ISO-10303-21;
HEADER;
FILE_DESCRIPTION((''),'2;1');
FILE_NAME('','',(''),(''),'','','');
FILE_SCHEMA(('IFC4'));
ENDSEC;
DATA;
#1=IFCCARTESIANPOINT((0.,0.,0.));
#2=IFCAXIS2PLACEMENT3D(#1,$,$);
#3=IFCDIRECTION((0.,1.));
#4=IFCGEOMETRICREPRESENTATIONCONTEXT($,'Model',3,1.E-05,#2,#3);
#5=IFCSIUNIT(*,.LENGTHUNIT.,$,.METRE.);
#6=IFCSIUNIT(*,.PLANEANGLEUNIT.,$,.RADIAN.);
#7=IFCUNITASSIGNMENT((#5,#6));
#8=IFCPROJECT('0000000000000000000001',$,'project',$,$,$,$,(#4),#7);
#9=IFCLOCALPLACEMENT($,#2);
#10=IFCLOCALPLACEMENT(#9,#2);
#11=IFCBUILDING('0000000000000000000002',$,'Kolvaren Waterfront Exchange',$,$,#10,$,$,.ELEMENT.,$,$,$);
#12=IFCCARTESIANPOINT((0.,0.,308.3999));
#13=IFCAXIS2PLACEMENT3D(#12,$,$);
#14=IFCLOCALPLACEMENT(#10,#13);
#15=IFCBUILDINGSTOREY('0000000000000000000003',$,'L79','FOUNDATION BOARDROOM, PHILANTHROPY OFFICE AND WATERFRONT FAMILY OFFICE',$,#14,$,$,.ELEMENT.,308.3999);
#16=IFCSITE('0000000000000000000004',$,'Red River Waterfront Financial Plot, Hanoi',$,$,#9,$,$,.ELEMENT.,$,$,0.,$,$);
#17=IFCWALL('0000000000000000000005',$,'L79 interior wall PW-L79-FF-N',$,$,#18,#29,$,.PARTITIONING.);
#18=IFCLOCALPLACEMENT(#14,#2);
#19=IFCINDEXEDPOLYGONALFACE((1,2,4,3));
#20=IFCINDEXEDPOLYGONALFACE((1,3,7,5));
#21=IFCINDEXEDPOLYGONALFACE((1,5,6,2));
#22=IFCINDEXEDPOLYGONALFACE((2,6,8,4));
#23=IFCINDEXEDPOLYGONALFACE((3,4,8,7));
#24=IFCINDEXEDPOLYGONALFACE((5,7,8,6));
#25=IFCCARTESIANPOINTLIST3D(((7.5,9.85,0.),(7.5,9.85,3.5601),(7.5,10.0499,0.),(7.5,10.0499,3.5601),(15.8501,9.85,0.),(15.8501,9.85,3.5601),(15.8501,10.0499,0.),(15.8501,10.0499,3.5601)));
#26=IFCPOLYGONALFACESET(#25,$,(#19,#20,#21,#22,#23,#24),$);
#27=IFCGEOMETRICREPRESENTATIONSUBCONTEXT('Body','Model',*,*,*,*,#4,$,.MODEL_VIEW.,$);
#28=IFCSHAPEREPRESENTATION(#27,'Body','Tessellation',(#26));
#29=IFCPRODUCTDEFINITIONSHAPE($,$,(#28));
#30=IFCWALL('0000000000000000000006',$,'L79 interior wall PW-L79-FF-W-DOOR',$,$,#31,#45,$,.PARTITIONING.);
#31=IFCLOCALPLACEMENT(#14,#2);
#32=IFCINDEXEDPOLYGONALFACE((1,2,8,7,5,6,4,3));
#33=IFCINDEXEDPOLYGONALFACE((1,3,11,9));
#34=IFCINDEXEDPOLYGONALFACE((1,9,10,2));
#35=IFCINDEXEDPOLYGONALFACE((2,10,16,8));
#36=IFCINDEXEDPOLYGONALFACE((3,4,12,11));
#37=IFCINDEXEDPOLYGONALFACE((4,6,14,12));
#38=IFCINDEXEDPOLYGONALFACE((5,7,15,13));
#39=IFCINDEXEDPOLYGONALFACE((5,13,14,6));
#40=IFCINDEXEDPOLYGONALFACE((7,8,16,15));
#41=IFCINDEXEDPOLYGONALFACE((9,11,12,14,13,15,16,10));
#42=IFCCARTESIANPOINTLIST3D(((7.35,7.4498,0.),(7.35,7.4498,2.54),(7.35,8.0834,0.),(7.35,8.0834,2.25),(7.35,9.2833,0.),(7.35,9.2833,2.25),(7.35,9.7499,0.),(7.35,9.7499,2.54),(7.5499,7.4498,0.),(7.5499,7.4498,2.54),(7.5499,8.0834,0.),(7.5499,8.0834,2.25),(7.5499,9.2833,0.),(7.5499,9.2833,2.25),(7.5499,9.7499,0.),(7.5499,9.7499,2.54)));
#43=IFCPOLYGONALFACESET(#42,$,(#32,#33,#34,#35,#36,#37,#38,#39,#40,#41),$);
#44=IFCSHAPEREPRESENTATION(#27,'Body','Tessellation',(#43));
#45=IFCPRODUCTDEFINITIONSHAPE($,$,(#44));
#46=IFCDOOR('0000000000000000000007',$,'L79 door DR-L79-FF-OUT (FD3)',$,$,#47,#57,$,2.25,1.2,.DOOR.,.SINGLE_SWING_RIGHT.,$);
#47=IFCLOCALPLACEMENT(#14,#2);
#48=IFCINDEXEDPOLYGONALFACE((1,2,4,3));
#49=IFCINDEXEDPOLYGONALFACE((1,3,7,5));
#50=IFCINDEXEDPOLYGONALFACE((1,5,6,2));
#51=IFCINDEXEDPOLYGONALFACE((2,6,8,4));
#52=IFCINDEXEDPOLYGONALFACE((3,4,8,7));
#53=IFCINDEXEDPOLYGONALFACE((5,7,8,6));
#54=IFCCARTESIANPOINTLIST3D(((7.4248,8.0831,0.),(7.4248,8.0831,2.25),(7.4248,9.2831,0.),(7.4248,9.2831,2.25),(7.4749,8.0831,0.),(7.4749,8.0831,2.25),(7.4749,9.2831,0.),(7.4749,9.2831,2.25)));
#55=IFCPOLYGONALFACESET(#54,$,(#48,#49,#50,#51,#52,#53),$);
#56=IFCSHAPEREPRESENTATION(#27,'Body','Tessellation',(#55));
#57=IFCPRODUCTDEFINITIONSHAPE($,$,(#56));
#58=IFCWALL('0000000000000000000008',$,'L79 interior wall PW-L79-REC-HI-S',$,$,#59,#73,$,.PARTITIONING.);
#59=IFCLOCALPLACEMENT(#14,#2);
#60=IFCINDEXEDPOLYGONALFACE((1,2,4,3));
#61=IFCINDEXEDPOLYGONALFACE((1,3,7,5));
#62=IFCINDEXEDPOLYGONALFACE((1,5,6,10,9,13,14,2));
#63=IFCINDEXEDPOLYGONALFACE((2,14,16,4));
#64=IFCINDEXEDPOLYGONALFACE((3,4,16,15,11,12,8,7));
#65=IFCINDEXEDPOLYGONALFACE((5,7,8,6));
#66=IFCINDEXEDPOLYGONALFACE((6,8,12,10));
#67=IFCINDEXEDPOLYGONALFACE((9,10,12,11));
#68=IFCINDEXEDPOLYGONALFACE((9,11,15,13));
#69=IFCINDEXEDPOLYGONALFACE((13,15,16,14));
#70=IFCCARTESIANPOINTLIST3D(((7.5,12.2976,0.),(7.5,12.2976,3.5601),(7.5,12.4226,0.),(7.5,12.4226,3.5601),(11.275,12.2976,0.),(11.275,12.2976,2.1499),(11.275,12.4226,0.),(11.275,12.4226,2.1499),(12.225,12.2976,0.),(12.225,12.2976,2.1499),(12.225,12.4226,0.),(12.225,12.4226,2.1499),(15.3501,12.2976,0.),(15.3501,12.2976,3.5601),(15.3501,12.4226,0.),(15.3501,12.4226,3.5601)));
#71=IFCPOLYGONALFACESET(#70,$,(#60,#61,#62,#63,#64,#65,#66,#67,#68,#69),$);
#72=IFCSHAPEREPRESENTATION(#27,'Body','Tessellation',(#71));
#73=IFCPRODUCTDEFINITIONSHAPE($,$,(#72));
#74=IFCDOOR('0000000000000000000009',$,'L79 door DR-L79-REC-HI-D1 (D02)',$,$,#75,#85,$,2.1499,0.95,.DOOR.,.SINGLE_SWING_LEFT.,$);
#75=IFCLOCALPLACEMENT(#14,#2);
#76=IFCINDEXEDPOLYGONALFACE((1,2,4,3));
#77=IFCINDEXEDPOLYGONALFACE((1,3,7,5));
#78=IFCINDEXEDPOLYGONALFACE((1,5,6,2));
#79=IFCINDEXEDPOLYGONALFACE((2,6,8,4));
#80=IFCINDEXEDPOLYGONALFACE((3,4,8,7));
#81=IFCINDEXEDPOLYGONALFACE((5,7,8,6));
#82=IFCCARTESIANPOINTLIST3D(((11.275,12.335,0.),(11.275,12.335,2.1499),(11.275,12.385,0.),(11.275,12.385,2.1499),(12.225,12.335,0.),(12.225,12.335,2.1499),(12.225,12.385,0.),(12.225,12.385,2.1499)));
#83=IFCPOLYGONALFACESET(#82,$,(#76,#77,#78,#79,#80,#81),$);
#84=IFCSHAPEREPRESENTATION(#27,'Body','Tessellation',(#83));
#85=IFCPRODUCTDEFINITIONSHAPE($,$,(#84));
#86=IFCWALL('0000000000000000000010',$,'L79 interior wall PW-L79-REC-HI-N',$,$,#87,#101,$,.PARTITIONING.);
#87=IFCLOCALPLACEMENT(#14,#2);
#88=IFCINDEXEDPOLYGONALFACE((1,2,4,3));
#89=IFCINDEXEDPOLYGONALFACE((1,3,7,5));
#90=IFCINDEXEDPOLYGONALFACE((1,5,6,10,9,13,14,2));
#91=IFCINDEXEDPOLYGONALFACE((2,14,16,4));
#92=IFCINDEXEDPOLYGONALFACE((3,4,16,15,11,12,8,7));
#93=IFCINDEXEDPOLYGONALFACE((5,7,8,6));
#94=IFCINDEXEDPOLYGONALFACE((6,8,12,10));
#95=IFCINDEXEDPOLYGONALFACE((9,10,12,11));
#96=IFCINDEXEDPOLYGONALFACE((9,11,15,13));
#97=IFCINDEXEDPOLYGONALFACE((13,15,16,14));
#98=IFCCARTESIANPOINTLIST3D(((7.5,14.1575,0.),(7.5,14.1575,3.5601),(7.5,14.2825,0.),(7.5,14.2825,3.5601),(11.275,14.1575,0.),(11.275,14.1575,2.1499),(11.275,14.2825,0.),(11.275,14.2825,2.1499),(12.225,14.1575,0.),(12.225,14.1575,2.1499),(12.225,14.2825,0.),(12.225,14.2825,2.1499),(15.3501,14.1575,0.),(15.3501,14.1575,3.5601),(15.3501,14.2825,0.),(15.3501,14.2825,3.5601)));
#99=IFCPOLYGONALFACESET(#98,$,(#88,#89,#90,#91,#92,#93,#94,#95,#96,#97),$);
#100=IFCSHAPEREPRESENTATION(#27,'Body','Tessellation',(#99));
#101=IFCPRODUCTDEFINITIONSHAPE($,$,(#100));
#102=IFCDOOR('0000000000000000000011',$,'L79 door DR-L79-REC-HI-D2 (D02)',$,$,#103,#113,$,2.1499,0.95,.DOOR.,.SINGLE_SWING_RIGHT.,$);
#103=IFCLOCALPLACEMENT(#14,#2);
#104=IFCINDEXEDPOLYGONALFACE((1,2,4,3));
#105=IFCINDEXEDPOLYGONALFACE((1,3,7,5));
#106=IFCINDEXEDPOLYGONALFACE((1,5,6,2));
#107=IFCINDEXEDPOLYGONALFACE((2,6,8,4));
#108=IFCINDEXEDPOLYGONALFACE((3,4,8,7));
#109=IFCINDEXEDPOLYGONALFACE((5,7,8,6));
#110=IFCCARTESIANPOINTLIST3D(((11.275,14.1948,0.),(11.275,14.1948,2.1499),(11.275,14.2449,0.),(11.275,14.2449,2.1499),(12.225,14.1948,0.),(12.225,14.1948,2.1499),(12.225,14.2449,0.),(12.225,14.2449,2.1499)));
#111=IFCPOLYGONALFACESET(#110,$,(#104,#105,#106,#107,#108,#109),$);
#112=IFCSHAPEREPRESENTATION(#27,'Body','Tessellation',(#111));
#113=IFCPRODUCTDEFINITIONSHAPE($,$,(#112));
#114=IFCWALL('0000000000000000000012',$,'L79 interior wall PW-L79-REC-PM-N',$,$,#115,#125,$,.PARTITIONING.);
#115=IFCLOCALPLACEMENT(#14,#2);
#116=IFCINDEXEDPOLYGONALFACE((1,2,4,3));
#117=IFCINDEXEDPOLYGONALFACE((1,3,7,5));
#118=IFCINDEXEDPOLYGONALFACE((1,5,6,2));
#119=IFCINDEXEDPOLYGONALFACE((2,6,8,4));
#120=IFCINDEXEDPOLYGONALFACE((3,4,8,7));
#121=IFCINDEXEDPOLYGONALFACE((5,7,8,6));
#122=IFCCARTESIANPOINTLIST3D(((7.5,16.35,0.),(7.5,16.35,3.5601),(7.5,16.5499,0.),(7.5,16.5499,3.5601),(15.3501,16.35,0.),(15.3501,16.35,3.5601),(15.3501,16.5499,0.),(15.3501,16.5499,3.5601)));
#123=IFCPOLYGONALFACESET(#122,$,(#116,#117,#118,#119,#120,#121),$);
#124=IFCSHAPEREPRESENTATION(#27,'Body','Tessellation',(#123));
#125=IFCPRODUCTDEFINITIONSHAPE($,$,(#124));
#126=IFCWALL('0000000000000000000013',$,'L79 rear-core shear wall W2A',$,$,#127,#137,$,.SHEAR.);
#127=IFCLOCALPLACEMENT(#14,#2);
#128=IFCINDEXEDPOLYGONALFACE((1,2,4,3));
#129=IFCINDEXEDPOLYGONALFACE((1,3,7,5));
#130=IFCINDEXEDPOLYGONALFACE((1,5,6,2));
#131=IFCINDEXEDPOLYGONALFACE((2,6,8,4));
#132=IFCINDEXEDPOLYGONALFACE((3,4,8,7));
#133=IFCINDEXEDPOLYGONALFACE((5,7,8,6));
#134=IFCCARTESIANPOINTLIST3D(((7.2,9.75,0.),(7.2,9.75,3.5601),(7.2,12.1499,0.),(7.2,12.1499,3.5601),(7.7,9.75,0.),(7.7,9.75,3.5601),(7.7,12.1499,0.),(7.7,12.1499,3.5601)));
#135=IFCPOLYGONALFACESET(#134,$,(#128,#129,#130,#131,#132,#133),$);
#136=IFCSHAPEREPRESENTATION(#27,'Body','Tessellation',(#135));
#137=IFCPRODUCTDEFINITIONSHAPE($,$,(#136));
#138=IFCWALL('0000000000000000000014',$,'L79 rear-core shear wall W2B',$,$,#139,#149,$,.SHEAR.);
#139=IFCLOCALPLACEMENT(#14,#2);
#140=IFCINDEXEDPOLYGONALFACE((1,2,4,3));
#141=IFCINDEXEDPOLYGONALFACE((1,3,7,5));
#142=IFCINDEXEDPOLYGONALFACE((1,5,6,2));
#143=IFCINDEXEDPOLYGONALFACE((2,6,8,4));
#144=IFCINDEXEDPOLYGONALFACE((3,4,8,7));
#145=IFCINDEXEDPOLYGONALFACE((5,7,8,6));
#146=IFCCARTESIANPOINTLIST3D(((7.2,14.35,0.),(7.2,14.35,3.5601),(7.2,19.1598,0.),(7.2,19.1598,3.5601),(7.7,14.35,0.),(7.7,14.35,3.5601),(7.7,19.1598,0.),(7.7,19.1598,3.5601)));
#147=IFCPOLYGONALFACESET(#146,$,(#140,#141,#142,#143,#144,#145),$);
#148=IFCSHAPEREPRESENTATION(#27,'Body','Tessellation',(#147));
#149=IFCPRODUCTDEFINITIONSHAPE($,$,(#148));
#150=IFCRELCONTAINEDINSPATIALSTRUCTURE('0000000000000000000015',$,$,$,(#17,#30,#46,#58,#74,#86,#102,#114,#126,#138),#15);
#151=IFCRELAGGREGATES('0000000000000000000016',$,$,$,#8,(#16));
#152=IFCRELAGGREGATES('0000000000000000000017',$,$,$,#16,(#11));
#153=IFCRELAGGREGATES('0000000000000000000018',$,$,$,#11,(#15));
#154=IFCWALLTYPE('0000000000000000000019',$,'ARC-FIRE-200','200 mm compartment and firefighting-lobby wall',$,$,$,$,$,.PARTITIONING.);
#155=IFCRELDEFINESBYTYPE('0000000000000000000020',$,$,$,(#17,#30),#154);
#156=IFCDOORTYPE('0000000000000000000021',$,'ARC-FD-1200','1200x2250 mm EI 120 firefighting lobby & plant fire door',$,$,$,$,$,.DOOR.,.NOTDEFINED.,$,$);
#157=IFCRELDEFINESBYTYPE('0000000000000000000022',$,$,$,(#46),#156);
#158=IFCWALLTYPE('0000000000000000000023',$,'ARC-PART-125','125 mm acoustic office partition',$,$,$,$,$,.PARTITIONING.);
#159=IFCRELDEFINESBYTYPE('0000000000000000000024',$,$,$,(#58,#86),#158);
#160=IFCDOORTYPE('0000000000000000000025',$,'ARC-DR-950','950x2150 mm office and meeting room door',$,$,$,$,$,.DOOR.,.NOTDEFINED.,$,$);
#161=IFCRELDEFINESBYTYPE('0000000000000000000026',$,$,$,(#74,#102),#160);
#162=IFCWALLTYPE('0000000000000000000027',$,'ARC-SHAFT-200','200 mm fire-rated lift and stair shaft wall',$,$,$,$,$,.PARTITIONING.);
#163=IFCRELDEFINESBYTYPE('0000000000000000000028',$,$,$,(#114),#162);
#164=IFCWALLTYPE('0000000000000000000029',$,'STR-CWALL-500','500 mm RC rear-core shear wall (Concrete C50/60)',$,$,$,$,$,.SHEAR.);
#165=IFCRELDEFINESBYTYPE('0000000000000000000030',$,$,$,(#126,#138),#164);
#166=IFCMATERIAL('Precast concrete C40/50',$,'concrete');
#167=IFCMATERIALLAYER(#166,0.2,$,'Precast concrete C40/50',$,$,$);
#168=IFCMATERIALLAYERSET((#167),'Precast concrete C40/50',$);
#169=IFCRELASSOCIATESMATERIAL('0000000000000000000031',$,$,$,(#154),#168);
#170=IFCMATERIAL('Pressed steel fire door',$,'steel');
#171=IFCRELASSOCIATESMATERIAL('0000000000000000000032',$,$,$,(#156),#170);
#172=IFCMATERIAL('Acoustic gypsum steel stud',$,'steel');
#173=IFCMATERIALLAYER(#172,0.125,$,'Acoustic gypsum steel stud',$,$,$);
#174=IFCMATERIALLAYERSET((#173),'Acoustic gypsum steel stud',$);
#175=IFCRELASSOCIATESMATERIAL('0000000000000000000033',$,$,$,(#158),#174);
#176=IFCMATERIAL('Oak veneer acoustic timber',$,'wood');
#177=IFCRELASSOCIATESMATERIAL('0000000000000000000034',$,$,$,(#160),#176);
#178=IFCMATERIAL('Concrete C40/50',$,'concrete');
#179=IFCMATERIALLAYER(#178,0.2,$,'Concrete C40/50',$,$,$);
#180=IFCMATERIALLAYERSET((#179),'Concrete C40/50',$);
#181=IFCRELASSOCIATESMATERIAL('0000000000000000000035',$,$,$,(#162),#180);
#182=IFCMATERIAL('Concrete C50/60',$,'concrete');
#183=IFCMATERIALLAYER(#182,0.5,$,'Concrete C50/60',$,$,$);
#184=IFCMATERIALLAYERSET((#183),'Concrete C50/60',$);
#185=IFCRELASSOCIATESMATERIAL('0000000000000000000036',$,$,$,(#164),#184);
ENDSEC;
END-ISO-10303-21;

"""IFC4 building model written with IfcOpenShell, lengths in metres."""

from ifc_helpers import new_model, si_unit, direction, frame, frame_2d, origin, place, context, subcontext, project, spatial, rectangle, extrude, material, layer, layer_set, type_object, element, fill, save


model = new_model("IFC4")

# Units and contexts
model_context = context("Model", 3, precision=1e-05, world=origin(), true_north=direction((0.0, 1.0)))
body_context = subcontext(model_context, "Body", "Model", "MODEL_VIEW")
ifc_project = project(units=[si_unit("LENGTHUNIT", "METRE"), si_unit("PLANEANGLEUNIT", "RADIAN")], contexts=[model_context])

# Site, building, storey
site_placement = place(None, origin())
site = spatial("IfcSite", under=ifc_project, at=site_placement, Name="Red River Waterfront Financial Plot, Hanoi", CompositionType="ELEMENT", RefElevation=0.0)
building_placement = place(site_placement, origin())
building = spatial("IfcBuilding", under=site, at=building_placement, Name="Kolvaren Waterfront Exchange", CompositionType="ELEMENT")
storey_placement = place(building_placement, frame((0.0, 0.0, 308.3999)))
storey = spatial("IfcBuildingStorey", under=building, at=storey_placement, Name="L79", Description="FOUNDATION BOARDROOM, PHILANTHROPY OFFICE AND WATERFRONT FAMILY OFFICE", CompositionType="ELEMENT", Elevation=308.3999)

# Wall
ifc_material_1 = material(Name="Precast concrete C40/50", Category="concrete")
ifc_layer_1 = layer(ifc_material_1, 0.2, Name="Precast concrete C40/50")
ifc_layer_set_1 = layer_set([ifc_layer_1], Name="Precast concrete C40/50")
wall_type_1 = type_object("IfcWallType", Name="ARC-FIRE-200", Description="200 mm compartment and firefighting-lobby wall", PredefinedType="PARTITIONING", material=ifc_layer_set_1)
wall_1_placement = place(storey_placement, frame((7.5, 9.95, 0.0), z_axis=(0.0, 0.0, 1.0), x_axis=(1.0, 0.0, 0.0)))
element("IfcWall", 1, at=wall_1_placement, inside=storey, type_object=wall_type_1, Name="L79 interior wall PW-L79-FF-N", PredefinedType="PARTITIONING", context=body_context, shape_type="SweptSolid", body=[
    extrude(rectangle(XDim=8.3501, YDim=0.2, at=frame_2d((4.175, 0.0))), origin(), (0.0, 0.0, 1.0), 3.5601),
])

# Walls, openings, doors
wall_2_placement = place(storey_placement, frame((7.45, 7.45, 0.0), z_axis=(0.0, 0.0, 1.0), x_axis=(0.0, 1.0, 0.0)))
wall_2 = element("IfcWall", 2, at=wall_2_placement, inside=storey, type_object=wall_type_1, Name="L79 interior wall PW-L79-FF-W-DOOR", PredefinedType="PARTITIONING", context=body_context, shape_type="SweptSolid", body=[
    extrude(rectangle(XDim=2.3, YDim=0.2, at=frame_2d((1.1499, 0.0))), origin(), (0.0, 0.0, 1.0), 2.54),
])
opening_1_placement = place(wall_2_placement, frame((0.6333, 0.0, 0.0)))
opening_1 = element("IfcOpeningElement", 3, at=opening_1_placement, cuts=wall_2, PredefinedType="OPENING", context=body_context, shape_type="SweptSolid", body=[
    extrude(rectangle(XDim=1.2, YDim=2.25, at=frame_2d((0.6001, 1.125))), frame((0.0, 0.1099, 0.0), z_axis=(0.0, -1.0, 0.0), x_axis=(1.0, 0.0, 0.0)), (0.0, 0.0, 1.0), 0.22),
])
ifc_material_2 = material(Name="Pressed steel fire door", Category="steel")
door_type_1 = type_object("IfcDoorType", Name="ARC-FD-1200", Description="1200x2250 mm EI 120 firefighting lobby & plant fire door", OperationType="NOTDEFINED", PredefinedType="DOOR", material=ifc_material_2)
door_1_placement = place(opening_1_placement, frame((1.2, 0.0, 0.0), z_axis=(0.0, 0.0, 1.0), x_axis=(-1.0, 0.0, 0.0)))
door_1 = element("IfcDoor", 4, at=door_1_placement, inside=storey, type_object=door_type_1, Name="L79 door DR-L79-FF-OUT (FD3)", OperationType="SINGLE_SWING_RIGHT", OverallHeight=2.25, OverallWidth=1.2, PredefinedType="DOOR", context=body_context, shape_type="SweptSolid", body=[
    extrude(rectangle(XDim=1.2, YDim=2.25, at=frame_2d((0.6001, 1.125))), frame((0.0, 0.0249, 0.0), z_axis=(0.0, -1.0, 0.0), x_axis=(1.0, 0.0, 0.0)), (0.0, 0.0, 1.0), 0.05),
])
fill(opening_1, door_1)
ifc_material_3 = material(Name="Acoustic gypsum steel stud", Category="steel")
ifc_layer_2 = layer(ifc_material_3, 0.125, Name="Acoustic gypsum steel stud")
ifc_layer_set_2 = layer_set([ifc_layer_2], Name="Acoustic gypsum steel stud")
wall_type_2 = type_object("IfcWallType", Name="ARC-PART-125", Description="125 mm acoustic office partition", PredefinedType="PARTITIONING", material=ifc_layer_set_2)
wall_3_placement = place(storey_placement, frame((7.5, 12.3601, 0.0), z_axis=(0.0, 0.0, 1.0), x_axis=(1.0, 0.0, 0.0)))
wall_3 = element("IfcWall", 5, at=wall_3_placement, inside=storey, type_object=wall_type_2, Name="L79 interior wall PW-L79-REC-HI-S", PredefinedType="PARTITIONING", context=body_context, shape_type="SweptSolid", body=[
    extrude(rectangle(XDim=7.8501, YDim=0.125, at=frame_2d((3.925, 0.0))), origin(), (0.0, 0.0, 1.0), 3.5601),
])
opening_2_placement = place(wall_3_placement, frame((3.7749, 0.0, 0.0)))
opening_2 = element("IfcOpeningElement", 6, at=opening_2_placement, cuts=wall_3, PredefinedType="OPENING", context=body_context, shape_type="SweptSolid", body=[
    extrude(rectangle(XDim=0.95, YDim=2.1499, at=frame_2d((0.4751, 1.075))), frame((0.0, 0.0725, 0.0), z_axis=(0.0, -1.0, 0.0), x_axis=(1.0, 0.0, 0.0)), (0.0, 0.0, 1.0), 0.145),
])
ifc_material_4 = material(Name="Oak veneer acoustic timber", Category="wood")
door_type_2 = type_object("IfcDoorType", Name="ARC-DR-950", Description="950x2150 mm office and meeting room door", OperationType="NOTDEFINED", PredefinedType="DOOR", material=ifc_material_4)
door_2_placement = place(opening_2_placement, origin())
door_2 = element("IfcDoor", 7, at=door_2_placement, inside=storey, type_object=door_type_2, Name="L79 door DR-L79-REC-HI-D1 (D02)", OperationType="SINGLE_SWING_LEFT", OverallHeight=2.1499, OverallWidth=0.95, PredefinedType="DOOR", context=body_context, shape_type="SweptSolid", body=[
    extrude(rectangle(XDim=0.95, YDim=2.1499, at=frame_2d((0.4751, 1.075))), frame((0.0, 0.0249, 0.0), z_axis=(0.0, -1.0, 0.0), x_axis=(1.0, 0.0, 0.0)), (0.0, 0.0, 1.0), 0.05),
])
fill(opening_2, door_2)
wall_4_placement = place(storey_placement, frame((7.5, 14.22, 0.0), z_axis=(0.0, 0.0, 1.0), x_axis=(1.0, 0.0, 0.0)))
wall_4 = element("IfcWall", 8, at=wall_4_placement, inside=storey, type_object=wall_type_2, Name="L79 interior wall PW-L79-REC-HI-N", PredefinedType="PARTITIONING", context=body_context, shape_type="SweptSolid", body=[
    extrude(rectangle(XDim=7.8501, YDim=0.125, at=frame_2d((3.925, 0.0))), origin(), (0.0, 0.0, 1.0), 3.5601),
])
opening_3_placement = place(wall_4_placement, frame((3.7749, 0.0, 0.0)))
opening_3 = element("IfcOpeningElement", 9, at=opening_3_placement, cuts=wall_4, PredefinedType="OPENING", context=body_context, shape_type="SweptSolid", body=[
    extrude(rectangle(XDim=0.95, YDim=2.1499, at=frame_2d((0.4751, 1.075))), frame((0.0, 0.0725, 0.0), z_axis=(0.0, -1.0, 0.0), x_axis=(1.0, 0.0, 0.0)), (0.0, 0.0, 1.0), 0.145),
])
door_3_placement = place(opening_3_placement, origin())
door_3 = element("IfcDoor", 10, at=door_3_placement, inside=storey, type_object=door_type_2, Name="L79 door DR-L79-REC-HI-D2 (D02)", OperationType="SINGLE_SWING_RIGHT", OverallHeight=2.1499, OverallWidth=0.95, PredefinedType="DOOR", context=body_context, shape_type="SweptSolid", body=[
    extrude(rectangle(XDim=0.95, YDim=2.1499, at=frame_2d((0.4751, 1.075))), frame((0.0, 0.0249, 0.0), z_axis=(0.0, -1.0, 0.0), x_axis=(1.0, 0.0, 0.0)), (0.0, 0.0, 1.0), 0.05),
])
fill(opening_3, door_3)

# Walls
ifc_material_5 = material(Name="Concrete C40/50", Category="concrete")
ifc_layer_3 = layer(ifc_material_5, 0.2, Name="Concrete C40/50")
ifc_layer_set_3 = layer_set([ifc_layer_3], Name="Concrete C40/50")
wall_type_3 = type_object("IfcWallType", Name="ARC-SHAFT-200", Description="200 mm fire-rated lift and stair shaft wall", PredefinedType="PARTITIONING", material=ifc_layer_set_3)
wall_5_placement = place(storey_placement, frame((7.5, 16.45, 0.0), z_axis=(0.0, 0.0, 1.0), x_axis=(1.0, 0.0, 0.0)))
element("IfcWall", 11, at=wall_5_placement, inside=storey, type_object=wall_type_3, Name="L79 interior wall PW-L79-REC-PM-N", PredefinedType="PARTITIONING", context=body_context, shape_type="SweptSolid", body=[
    extrude(rectangle(XDim=7.8501, YDim=0.2, at=frame_2d((3.925, 0.0))), origin(), (0.0, 0.0, 1.0), 3.5601),
])
ifc_material_6 = material(Name="Concrete C50/60", Category="concrete")
ifc_layer_4 = layer(ifc_material_6, 0.5, Name="Concrete C50/60")
ifc_layer_set_4 = layer_set([ifc_layer_4], Name="Concrete C50/60")
wall_type_4 = type_object("IfcWallType", Name="STR-CWALL-500", Description="500 mm RC rear-core shear wall (Concrete C50/60)", PredefinedType="SHEAR", material=ifc_layer_set_4)
wall_6_placement = place(storey_placement, frame((7.45, 9.75, 0.0), z_axis=(0.0, 0.0, 1.0), x_axis=(0.0, 1.0, 0.0)))
element("IfcWall", 12, at=wall_6_placement, inside=storey, type_object=wall_type_4, Name="L79 rear-core shear wall W2A", PredefinedType="SHEAR", context=body_context, shape_type="SweptSolid", body=[
    extrude(rectangle(XDim=2.3999, YDim=0.5, at=frame_2d((1.2, 0.0))), origin(), (0.0, 0.0, 1.0), 3.5601),
])
wall_7_placement = place(storey_placement, frame((7.45, 14.3501, 0.0), z_axis=(0.0, 0.0, 1.0), x_axis=(0.0, 1.0, 0.0)))
element("IfcWall", 13, at=wall_7_placement, inside=storey, type_object=wall_type_4, Name="L79 rear-core shear wall W2B", PredefinedType="SHEAR", context=body_context, shape_type="SweptSolid", body=[
    extrude(rectangle(XDim=4.8098, YDim=0.5, at=frame_2d((2.4048, 0.0))), origin(), (0.0, 0.0, 1.0), 3.5601),
])

save(model, "model.ifc")
